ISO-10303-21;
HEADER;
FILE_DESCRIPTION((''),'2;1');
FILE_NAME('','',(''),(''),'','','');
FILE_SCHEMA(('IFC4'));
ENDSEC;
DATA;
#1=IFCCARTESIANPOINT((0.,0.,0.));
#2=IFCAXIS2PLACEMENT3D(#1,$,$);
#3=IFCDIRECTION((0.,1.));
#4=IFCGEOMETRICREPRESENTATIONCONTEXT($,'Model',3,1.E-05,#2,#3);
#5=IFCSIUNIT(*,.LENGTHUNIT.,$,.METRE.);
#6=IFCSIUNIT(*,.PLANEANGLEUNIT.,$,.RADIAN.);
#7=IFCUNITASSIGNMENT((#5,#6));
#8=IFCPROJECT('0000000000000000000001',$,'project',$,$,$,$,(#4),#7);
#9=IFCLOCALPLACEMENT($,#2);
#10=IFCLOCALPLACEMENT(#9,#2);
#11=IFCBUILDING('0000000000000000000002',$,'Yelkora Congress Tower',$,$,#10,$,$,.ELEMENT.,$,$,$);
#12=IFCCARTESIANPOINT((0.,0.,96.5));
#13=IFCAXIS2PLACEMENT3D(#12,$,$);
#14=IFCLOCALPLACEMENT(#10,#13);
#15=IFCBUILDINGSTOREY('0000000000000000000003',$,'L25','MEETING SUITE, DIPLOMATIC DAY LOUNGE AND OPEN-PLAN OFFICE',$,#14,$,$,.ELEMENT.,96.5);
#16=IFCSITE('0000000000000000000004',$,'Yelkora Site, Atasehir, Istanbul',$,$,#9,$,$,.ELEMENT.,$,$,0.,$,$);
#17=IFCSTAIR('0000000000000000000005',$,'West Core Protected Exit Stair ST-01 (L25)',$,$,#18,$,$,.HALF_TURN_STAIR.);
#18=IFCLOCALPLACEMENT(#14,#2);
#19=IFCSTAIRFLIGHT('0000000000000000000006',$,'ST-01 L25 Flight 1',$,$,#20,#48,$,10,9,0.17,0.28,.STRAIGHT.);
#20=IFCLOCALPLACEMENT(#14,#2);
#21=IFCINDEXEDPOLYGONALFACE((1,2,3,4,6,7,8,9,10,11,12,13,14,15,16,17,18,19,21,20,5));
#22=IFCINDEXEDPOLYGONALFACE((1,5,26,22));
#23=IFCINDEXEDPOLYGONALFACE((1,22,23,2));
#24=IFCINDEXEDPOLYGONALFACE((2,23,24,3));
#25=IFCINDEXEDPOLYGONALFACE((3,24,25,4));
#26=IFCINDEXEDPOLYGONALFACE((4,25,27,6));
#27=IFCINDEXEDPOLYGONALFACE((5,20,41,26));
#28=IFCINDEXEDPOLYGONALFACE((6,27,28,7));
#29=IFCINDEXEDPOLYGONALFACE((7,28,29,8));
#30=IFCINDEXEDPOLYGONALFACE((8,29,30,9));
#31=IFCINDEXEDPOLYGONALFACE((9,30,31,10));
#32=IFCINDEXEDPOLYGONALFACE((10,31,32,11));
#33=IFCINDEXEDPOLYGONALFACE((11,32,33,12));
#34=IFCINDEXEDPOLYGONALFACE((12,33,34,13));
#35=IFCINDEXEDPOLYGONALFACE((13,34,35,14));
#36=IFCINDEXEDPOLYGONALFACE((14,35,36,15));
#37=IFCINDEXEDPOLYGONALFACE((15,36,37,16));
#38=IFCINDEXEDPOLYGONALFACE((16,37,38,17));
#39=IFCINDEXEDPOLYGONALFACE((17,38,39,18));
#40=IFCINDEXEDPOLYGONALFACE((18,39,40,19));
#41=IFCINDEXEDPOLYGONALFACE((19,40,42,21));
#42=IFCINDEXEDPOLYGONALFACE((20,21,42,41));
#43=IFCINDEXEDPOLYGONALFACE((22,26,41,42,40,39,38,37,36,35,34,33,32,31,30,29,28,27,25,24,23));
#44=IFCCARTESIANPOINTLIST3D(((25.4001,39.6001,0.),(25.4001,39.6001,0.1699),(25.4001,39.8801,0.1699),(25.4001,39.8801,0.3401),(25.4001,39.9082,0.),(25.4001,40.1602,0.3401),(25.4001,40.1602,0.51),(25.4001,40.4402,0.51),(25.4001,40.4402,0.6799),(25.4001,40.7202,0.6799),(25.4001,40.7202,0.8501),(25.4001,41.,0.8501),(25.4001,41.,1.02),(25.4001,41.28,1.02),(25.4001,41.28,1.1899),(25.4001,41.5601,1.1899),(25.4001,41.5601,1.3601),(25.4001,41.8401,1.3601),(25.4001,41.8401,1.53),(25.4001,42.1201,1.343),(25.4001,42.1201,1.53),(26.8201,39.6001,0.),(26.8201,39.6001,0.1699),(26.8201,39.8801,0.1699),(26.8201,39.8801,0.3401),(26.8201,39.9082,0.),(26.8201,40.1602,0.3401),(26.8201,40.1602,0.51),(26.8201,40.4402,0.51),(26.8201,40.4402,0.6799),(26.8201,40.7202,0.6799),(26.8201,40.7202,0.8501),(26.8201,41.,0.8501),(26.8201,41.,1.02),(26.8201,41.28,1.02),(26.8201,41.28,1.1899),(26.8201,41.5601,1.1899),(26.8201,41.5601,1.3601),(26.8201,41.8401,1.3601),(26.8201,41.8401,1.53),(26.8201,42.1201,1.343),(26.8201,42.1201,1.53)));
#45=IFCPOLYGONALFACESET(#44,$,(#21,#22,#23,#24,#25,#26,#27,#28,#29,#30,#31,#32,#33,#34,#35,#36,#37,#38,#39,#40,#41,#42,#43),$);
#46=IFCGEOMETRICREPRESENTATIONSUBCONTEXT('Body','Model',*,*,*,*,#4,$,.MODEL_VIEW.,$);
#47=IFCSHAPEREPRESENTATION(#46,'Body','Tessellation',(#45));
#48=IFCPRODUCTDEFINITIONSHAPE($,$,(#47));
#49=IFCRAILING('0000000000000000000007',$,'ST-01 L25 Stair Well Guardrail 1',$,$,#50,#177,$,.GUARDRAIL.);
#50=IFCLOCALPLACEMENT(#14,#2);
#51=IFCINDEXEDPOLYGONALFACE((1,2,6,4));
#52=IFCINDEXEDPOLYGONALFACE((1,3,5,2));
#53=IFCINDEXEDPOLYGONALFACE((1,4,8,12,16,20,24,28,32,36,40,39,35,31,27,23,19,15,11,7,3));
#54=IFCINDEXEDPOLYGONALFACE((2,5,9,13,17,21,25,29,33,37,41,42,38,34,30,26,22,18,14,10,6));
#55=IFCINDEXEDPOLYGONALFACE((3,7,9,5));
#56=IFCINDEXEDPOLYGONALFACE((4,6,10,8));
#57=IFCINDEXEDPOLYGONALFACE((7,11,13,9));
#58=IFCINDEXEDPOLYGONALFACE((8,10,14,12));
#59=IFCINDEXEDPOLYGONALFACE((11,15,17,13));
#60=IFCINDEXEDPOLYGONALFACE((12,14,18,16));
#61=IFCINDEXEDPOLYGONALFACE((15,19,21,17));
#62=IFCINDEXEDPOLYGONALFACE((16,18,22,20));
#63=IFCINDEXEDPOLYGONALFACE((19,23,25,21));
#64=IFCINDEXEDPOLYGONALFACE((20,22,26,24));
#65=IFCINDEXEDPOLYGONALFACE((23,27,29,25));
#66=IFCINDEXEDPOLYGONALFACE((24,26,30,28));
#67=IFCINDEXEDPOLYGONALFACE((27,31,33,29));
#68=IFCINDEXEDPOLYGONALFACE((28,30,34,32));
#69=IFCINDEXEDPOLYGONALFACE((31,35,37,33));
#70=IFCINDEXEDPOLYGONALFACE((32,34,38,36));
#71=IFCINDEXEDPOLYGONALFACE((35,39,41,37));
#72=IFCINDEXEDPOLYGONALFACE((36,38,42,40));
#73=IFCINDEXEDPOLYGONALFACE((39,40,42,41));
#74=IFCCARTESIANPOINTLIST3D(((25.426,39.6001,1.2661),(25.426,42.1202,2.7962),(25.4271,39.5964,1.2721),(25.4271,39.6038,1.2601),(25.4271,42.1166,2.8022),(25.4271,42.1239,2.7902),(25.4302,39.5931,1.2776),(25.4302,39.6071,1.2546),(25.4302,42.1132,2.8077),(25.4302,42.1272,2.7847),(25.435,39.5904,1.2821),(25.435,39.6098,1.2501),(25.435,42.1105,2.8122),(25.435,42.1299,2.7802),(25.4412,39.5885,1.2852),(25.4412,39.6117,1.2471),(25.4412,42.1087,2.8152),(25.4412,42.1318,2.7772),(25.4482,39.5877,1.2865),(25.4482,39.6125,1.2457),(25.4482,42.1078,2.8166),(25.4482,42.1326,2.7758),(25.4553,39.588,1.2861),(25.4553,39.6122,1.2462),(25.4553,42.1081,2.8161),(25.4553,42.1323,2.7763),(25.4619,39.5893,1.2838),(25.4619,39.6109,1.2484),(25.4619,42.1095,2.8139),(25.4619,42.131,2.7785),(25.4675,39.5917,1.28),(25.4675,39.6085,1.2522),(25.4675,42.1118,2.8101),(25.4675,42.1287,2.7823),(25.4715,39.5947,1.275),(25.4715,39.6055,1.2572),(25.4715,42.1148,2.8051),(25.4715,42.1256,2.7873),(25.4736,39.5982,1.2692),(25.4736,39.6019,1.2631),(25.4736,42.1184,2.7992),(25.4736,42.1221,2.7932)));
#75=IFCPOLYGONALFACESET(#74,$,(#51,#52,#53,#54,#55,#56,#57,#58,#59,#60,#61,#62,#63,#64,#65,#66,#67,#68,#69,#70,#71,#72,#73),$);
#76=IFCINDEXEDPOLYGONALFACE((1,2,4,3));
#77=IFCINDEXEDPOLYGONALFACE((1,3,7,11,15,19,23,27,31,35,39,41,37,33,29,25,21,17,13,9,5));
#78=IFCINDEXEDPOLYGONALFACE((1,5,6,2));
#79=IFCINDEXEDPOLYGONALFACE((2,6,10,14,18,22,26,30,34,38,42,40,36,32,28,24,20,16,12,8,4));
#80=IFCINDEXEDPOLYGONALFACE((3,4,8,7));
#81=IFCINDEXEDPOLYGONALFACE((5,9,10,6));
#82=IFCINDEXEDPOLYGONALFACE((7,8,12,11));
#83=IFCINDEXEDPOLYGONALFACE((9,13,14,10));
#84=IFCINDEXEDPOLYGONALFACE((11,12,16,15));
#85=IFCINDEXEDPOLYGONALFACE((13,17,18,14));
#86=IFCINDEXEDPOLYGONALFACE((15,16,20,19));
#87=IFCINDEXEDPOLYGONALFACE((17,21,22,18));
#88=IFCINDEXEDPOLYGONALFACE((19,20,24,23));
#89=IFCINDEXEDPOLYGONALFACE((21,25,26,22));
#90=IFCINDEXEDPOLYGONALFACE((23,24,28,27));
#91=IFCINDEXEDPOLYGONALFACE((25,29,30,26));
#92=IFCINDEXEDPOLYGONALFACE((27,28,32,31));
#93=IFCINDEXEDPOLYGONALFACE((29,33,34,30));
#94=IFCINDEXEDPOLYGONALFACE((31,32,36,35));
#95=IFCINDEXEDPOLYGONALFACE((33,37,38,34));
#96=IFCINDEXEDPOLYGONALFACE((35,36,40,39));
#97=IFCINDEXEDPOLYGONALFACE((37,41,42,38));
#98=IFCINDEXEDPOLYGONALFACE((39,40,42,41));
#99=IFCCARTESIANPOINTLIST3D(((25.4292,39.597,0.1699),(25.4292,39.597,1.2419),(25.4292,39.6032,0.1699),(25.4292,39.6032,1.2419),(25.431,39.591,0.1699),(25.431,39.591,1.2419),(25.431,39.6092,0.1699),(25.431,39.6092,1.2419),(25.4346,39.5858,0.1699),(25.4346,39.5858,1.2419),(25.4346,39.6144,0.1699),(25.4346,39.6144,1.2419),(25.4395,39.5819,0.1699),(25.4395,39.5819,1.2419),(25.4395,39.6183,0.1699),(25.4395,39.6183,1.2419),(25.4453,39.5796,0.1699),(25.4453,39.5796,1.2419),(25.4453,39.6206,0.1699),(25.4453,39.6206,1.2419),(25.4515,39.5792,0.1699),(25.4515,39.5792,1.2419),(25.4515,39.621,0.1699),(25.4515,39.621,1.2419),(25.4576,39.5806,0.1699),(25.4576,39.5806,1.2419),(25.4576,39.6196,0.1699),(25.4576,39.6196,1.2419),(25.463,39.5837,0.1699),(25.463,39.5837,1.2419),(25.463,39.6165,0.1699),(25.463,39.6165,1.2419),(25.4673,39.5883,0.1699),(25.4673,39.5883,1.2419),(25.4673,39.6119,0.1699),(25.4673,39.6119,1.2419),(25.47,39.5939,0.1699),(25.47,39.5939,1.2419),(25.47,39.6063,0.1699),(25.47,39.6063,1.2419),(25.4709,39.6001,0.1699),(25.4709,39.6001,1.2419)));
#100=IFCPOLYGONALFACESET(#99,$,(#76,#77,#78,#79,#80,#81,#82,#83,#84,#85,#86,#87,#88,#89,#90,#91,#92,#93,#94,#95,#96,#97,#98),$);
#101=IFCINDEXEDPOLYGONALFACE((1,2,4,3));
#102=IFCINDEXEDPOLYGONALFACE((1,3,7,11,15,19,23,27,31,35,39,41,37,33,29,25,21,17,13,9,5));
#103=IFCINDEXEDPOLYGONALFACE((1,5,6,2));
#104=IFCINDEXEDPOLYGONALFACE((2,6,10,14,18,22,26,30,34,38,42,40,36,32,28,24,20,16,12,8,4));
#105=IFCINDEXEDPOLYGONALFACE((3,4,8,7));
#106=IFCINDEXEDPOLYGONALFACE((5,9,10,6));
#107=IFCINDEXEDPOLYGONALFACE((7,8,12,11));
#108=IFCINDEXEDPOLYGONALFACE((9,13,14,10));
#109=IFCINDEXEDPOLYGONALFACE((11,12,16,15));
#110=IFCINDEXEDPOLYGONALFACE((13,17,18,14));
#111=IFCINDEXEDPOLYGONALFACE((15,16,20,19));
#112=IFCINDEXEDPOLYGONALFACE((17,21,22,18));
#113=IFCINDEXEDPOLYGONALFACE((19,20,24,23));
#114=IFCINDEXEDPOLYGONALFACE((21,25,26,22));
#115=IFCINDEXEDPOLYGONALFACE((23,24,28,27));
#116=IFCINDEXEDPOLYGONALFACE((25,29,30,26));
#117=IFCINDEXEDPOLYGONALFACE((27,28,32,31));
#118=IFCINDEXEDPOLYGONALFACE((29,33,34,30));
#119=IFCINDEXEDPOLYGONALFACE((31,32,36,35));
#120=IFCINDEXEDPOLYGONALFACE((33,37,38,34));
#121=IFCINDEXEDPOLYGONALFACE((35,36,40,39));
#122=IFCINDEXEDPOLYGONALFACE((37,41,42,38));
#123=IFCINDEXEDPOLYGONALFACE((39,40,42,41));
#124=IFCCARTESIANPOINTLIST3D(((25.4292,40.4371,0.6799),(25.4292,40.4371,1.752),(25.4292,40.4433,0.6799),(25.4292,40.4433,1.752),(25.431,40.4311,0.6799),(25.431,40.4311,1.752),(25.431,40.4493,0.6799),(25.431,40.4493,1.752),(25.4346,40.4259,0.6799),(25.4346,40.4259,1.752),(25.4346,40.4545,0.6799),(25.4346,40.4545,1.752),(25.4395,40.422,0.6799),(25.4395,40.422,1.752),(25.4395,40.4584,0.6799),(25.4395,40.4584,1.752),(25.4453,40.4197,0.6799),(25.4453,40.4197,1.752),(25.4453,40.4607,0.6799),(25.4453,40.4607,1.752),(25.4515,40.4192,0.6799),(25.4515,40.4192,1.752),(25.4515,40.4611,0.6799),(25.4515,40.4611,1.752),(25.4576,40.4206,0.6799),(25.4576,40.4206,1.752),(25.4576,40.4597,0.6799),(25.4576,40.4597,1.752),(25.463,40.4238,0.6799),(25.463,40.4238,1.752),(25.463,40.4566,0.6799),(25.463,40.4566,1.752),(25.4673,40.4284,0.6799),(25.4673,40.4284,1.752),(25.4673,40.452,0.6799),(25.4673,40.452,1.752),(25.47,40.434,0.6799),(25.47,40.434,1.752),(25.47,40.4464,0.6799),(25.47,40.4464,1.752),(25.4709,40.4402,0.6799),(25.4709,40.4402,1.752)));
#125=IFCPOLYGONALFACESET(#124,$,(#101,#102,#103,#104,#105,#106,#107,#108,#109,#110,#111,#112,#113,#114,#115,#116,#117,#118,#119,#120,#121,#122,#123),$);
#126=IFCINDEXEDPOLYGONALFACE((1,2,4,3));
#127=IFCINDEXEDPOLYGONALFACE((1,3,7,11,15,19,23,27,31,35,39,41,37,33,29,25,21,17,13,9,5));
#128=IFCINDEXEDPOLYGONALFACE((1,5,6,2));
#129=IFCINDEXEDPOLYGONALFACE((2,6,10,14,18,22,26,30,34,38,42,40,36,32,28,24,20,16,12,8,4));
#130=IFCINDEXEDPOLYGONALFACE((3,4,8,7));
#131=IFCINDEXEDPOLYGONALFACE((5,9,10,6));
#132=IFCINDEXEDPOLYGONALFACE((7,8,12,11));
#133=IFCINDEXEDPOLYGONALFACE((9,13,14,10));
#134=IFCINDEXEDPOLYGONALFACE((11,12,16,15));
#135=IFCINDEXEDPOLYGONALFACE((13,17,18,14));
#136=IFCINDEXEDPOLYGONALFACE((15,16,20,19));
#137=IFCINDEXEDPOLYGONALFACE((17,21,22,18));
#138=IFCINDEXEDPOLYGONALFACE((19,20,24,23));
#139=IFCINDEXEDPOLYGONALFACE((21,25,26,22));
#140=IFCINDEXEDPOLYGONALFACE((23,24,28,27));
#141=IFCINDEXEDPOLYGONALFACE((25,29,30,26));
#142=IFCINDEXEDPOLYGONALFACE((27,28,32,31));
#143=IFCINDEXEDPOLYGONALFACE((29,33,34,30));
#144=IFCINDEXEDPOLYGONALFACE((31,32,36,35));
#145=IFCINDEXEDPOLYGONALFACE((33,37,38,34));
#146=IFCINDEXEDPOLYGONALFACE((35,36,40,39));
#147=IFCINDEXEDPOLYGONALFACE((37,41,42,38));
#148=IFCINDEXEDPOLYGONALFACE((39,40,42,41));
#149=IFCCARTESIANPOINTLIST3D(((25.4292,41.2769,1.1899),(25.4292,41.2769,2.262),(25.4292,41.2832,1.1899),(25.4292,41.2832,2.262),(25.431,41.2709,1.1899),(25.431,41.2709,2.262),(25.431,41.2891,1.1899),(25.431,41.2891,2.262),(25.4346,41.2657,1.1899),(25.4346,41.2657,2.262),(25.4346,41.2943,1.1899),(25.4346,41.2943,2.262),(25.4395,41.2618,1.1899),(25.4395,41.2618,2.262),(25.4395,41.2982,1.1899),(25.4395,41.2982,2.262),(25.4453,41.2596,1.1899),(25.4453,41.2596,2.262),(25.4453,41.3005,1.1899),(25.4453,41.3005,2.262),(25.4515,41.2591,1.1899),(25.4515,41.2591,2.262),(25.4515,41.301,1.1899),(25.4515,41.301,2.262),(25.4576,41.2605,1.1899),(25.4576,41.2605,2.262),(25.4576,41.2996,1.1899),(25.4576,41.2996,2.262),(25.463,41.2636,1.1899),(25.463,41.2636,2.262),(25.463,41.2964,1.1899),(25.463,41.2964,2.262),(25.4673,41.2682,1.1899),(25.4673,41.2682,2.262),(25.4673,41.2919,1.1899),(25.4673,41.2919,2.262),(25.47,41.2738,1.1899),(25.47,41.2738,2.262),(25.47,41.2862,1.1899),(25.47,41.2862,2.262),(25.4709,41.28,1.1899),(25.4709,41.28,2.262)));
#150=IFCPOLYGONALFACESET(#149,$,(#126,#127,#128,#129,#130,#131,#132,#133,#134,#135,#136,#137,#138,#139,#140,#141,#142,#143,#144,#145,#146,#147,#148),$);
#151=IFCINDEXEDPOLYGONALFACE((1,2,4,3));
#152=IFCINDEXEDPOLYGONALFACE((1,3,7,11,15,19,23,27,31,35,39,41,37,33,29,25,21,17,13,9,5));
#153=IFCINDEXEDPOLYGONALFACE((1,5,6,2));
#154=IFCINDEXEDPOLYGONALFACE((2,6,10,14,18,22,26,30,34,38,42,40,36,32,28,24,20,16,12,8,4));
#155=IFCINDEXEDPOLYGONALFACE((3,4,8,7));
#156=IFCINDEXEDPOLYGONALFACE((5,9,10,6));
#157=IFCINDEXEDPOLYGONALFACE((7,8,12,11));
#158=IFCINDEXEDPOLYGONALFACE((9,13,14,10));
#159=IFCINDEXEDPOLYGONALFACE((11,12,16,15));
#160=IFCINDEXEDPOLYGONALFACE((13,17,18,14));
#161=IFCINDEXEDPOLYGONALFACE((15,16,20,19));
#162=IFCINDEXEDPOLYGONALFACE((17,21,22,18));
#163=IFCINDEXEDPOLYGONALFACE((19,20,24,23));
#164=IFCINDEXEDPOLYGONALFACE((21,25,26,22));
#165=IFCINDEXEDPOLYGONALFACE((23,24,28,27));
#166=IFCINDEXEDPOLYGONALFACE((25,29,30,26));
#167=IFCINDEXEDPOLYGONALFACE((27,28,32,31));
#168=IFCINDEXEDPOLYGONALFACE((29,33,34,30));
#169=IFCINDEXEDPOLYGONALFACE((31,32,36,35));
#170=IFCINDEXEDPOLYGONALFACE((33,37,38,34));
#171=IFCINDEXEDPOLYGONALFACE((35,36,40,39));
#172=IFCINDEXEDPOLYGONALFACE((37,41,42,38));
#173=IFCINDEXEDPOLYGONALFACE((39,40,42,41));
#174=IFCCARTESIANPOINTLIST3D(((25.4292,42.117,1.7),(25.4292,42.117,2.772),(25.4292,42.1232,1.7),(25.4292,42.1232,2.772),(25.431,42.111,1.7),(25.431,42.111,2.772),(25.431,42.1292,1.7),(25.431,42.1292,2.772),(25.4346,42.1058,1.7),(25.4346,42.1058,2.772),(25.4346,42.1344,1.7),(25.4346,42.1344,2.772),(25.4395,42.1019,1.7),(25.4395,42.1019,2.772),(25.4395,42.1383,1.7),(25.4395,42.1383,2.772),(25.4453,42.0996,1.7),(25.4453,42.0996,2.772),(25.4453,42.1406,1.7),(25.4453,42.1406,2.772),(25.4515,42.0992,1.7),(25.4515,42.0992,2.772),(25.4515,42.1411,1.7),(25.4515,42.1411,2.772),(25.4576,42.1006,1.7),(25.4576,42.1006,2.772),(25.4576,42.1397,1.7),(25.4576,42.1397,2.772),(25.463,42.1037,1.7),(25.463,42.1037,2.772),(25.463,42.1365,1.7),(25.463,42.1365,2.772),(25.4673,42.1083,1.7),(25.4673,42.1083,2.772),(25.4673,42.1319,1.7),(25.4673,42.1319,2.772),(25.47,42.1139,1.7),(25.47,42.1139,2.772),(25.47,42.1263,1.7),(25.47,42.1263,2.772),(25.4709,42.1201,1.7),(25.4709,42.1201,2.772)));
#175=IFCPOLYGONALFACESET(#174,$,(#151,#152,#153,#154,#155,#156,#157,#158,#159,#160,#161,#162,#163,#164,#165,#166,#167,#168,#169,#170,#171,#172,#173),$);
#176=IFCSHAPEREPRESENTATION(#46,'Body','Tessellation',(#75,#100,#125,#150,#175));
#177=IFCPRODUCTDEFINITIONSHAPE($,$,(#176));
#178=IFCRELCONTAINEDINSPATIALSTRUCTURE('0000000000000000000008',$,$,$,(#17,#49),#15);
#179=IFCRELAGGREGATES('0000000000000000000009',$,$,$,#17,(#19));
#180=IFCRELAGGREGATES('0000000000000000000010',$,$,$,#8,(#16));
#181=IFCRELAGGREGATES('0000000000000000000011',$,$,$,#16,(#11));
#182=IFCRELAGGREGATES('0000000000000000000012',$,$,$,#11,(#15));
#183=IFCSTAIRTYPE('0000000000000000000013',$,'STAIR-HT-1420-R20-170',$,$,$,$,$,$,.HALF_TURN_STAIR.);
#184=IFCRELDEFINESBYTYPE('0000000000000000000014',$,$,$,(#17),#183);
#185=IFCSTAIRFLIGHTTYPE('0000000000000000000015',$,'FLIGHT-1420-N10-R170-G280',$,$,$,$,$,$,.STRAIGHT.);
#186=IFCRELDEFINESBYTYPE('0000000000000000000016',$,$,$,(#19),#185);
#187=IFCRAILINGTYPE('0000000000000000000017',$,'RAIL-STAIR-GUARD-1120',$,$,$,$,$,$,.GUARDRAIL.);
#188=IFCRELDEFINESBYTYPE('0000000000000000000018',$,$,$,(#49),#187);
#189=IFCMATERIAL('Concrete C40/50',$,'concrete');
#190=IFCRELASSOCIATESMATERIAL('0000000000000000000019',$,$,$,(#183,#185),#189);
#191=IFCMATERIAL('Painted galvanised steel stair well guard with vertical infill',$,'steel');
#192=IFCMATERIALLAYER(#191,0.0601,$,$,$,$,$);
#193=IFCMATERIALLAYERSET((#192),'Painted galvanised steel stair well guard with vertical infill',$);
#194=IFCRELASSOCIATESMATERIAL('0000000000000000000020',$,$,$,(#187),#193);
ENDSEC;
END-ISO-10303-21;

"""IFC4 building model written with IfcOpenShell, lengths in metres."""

from ifc_helpers import new_model, si_unit, direction, frame, origin, origin_2d, place, context, subcontext, project, spatial, polyline, circle, outline, extrude, material, layer, layer_set, type_object, element, aggregate, save


model = new_model("IFC4")

# Units and contexts
model_context = context("Model", 3, precision=1e-05, world=origin(), true_north=direction((0.0, 1.0)))
body_context = subcontext(model_context, "Body", "Model", "MODEL_VIEW")
ifc_project = project(units=[si_unit("LENGTHUNIT", "METRE"), si_unit("PLANEANGLEUNIT", "RADIAN")], contexts=[model_context])

# Site, building, storey
site_placement = place(None, origin())
site = spatial("IfcSite", under=ifc_project, at=site_placement, Name="Yelkora Site, Atasehir, Istanbul", CompositionType="ELEMENT", RefElevation=0.0)
building_placement = place(site_placement, origin())
building = spatial("IfcBuilding", under=site, at=building_placement, Name="Yelkora Congress Tower", CompositionType="ELEMENT")
storey_placement = place(building_placement, frame((0.0, 0.0, 96.5)))
storey = spatial("IfcBuildingStorey", under=building, at=storey_placement, Name="L25", Description="MEETING SUITE, DIPLOMATIC DAY LOUNGE AND OPEN-PLAN OFFICE", CompositionType="ELEMENT", Elevation=96.5)

# Stair, stair flight
ifc_material_1 = material(Name="Concrete C40/50", Category="concrete")
stair_type = type_object("IfcStairType", Name="STAIR-HT-1420-R20-170", PredefinedType="HALF_TURN_STAIR", material=ifc_material_1)
stair_placement = place(storey_placement, origin())
stair = element("IfcStair", 1, at=stair_placement, inside=storey, type_object=stair_type, Name="West Core Protected Exit Stair ST-01 (L25)", PredefinedType="HALF_TURN_STAIR")
stair_flight_type = type_object("IfcStairFlightType", Name="FLIGHT-1420-N10-R170-G280", PredefinedType="STRAIGHT", material=ifc_material_1)
stair_flight_placement = place(storey_placement, frame((26.1101, 39.6001, 0.0), z_axis=(0.0, 0.0, 1.0), x_axis=(0.0, 1.0, 0.0)))
stair_flight = element("IfcStairFlight", 2, at=stair_flight_placement, type_object=stair_flight_type, Name="ST-01 L25 Flight 1", NumberOfRisers=10, NumberOfTreads=9, PredefinedType="STRAIGHT", RiserHeight=0.17, TreadLength=0.28, context=body_context, shape_type="SweptSolid", body=[
    extrude(outline(polyline([(0.0, 0.0), (0.0, 0.1699), (0.28, 0.1699), (0.28, 0.3401), (0.5601, 0.3401), (0.5601, 0.51), (0.8401, 0.51), (0.8401, 0.6799), (1.1201, 0.6799), (1.1201, 0.8501), (1.3999, 0.8501), (1.3999, 1.02), (1.6799, 1.02), (1.6799, 1.1899), (1.96, 1.1899), (1.96, 1.3601), (2.24, 1.3601), (2.24, 1.53), (2.52, 1.53), (2.52, 1.7), (2.52, 1.343), (0.3081, 0.0), (0.0, 0.0)])), frame((0.0, 0.71, 0.0), z_axis=(0.0, -1.0, 0.0), x_axis=(1.0, 0.0, 0.0)), (0.0, 0.0, 1.0), 1.4199),
])
aggregate(stair, [stair_flight])

# Railing
ifc_material_2 = material(Name="Painted galvanised steel stair well guard with vertical infill", Category="steel")
ifc_layer_1 = layer(ifc_material_2, 0.0601)
ifc_layer_set_1 = layer_set([ifc_layer_1], Name="Painted galvanised steel stair well guard with vertical infill")
railing_type_1 = type_object("IfcRailingType", Name="RAIL-STAIR-GUARD-1120", PredefinedType="GUARDRAIL", material=ifc_layer_set_1)
railing_1_placement = place(storey_placement, frame((25.45, 39.6001, 0.1699)))
element("IfcRailing", 3, at=railing_1_placement, inside=storey, type_object=railing_type_1, Name="ST-01 L25 Stair Well Guardrail 1", PredefinedType="GUARDRAIL", context=body_context, shape_type="SweptSolid", body=[
    extrude(circle(Radius=0.0239, at=origin_2d()), frame((0.0, 0.0, 1.0962), z_axis=(0.0, 0.854785, 0.518982), x_axis=(-1.0, 0.0, 0.0)), (0.0, 0.0, 1.0), 2.9482),
    extrude(circle(Radius=0.021, at=origin_2d()), origin(), (0.0, 0.0, 1.0), 1.072),
    extrude(circle(Radius=0.021, at=origin_2d()), frame((0.0, 0.8401, 0.51)), (0.0, 0.0, 1.0), 1.072),
    extrude(circle(Radius=0.021, at=origin_2d()), frame((0.0, 1.6799, 1.02)), (0.0, 0.0, 1.0), 1.072),
    extrude(circle(Radius=0.021, at=origin_2d()), frame((0.0, 2.52, 1.53)), (0.0, 0.0, 1.0), 1.072),
])

save(model, "model.ifc")
